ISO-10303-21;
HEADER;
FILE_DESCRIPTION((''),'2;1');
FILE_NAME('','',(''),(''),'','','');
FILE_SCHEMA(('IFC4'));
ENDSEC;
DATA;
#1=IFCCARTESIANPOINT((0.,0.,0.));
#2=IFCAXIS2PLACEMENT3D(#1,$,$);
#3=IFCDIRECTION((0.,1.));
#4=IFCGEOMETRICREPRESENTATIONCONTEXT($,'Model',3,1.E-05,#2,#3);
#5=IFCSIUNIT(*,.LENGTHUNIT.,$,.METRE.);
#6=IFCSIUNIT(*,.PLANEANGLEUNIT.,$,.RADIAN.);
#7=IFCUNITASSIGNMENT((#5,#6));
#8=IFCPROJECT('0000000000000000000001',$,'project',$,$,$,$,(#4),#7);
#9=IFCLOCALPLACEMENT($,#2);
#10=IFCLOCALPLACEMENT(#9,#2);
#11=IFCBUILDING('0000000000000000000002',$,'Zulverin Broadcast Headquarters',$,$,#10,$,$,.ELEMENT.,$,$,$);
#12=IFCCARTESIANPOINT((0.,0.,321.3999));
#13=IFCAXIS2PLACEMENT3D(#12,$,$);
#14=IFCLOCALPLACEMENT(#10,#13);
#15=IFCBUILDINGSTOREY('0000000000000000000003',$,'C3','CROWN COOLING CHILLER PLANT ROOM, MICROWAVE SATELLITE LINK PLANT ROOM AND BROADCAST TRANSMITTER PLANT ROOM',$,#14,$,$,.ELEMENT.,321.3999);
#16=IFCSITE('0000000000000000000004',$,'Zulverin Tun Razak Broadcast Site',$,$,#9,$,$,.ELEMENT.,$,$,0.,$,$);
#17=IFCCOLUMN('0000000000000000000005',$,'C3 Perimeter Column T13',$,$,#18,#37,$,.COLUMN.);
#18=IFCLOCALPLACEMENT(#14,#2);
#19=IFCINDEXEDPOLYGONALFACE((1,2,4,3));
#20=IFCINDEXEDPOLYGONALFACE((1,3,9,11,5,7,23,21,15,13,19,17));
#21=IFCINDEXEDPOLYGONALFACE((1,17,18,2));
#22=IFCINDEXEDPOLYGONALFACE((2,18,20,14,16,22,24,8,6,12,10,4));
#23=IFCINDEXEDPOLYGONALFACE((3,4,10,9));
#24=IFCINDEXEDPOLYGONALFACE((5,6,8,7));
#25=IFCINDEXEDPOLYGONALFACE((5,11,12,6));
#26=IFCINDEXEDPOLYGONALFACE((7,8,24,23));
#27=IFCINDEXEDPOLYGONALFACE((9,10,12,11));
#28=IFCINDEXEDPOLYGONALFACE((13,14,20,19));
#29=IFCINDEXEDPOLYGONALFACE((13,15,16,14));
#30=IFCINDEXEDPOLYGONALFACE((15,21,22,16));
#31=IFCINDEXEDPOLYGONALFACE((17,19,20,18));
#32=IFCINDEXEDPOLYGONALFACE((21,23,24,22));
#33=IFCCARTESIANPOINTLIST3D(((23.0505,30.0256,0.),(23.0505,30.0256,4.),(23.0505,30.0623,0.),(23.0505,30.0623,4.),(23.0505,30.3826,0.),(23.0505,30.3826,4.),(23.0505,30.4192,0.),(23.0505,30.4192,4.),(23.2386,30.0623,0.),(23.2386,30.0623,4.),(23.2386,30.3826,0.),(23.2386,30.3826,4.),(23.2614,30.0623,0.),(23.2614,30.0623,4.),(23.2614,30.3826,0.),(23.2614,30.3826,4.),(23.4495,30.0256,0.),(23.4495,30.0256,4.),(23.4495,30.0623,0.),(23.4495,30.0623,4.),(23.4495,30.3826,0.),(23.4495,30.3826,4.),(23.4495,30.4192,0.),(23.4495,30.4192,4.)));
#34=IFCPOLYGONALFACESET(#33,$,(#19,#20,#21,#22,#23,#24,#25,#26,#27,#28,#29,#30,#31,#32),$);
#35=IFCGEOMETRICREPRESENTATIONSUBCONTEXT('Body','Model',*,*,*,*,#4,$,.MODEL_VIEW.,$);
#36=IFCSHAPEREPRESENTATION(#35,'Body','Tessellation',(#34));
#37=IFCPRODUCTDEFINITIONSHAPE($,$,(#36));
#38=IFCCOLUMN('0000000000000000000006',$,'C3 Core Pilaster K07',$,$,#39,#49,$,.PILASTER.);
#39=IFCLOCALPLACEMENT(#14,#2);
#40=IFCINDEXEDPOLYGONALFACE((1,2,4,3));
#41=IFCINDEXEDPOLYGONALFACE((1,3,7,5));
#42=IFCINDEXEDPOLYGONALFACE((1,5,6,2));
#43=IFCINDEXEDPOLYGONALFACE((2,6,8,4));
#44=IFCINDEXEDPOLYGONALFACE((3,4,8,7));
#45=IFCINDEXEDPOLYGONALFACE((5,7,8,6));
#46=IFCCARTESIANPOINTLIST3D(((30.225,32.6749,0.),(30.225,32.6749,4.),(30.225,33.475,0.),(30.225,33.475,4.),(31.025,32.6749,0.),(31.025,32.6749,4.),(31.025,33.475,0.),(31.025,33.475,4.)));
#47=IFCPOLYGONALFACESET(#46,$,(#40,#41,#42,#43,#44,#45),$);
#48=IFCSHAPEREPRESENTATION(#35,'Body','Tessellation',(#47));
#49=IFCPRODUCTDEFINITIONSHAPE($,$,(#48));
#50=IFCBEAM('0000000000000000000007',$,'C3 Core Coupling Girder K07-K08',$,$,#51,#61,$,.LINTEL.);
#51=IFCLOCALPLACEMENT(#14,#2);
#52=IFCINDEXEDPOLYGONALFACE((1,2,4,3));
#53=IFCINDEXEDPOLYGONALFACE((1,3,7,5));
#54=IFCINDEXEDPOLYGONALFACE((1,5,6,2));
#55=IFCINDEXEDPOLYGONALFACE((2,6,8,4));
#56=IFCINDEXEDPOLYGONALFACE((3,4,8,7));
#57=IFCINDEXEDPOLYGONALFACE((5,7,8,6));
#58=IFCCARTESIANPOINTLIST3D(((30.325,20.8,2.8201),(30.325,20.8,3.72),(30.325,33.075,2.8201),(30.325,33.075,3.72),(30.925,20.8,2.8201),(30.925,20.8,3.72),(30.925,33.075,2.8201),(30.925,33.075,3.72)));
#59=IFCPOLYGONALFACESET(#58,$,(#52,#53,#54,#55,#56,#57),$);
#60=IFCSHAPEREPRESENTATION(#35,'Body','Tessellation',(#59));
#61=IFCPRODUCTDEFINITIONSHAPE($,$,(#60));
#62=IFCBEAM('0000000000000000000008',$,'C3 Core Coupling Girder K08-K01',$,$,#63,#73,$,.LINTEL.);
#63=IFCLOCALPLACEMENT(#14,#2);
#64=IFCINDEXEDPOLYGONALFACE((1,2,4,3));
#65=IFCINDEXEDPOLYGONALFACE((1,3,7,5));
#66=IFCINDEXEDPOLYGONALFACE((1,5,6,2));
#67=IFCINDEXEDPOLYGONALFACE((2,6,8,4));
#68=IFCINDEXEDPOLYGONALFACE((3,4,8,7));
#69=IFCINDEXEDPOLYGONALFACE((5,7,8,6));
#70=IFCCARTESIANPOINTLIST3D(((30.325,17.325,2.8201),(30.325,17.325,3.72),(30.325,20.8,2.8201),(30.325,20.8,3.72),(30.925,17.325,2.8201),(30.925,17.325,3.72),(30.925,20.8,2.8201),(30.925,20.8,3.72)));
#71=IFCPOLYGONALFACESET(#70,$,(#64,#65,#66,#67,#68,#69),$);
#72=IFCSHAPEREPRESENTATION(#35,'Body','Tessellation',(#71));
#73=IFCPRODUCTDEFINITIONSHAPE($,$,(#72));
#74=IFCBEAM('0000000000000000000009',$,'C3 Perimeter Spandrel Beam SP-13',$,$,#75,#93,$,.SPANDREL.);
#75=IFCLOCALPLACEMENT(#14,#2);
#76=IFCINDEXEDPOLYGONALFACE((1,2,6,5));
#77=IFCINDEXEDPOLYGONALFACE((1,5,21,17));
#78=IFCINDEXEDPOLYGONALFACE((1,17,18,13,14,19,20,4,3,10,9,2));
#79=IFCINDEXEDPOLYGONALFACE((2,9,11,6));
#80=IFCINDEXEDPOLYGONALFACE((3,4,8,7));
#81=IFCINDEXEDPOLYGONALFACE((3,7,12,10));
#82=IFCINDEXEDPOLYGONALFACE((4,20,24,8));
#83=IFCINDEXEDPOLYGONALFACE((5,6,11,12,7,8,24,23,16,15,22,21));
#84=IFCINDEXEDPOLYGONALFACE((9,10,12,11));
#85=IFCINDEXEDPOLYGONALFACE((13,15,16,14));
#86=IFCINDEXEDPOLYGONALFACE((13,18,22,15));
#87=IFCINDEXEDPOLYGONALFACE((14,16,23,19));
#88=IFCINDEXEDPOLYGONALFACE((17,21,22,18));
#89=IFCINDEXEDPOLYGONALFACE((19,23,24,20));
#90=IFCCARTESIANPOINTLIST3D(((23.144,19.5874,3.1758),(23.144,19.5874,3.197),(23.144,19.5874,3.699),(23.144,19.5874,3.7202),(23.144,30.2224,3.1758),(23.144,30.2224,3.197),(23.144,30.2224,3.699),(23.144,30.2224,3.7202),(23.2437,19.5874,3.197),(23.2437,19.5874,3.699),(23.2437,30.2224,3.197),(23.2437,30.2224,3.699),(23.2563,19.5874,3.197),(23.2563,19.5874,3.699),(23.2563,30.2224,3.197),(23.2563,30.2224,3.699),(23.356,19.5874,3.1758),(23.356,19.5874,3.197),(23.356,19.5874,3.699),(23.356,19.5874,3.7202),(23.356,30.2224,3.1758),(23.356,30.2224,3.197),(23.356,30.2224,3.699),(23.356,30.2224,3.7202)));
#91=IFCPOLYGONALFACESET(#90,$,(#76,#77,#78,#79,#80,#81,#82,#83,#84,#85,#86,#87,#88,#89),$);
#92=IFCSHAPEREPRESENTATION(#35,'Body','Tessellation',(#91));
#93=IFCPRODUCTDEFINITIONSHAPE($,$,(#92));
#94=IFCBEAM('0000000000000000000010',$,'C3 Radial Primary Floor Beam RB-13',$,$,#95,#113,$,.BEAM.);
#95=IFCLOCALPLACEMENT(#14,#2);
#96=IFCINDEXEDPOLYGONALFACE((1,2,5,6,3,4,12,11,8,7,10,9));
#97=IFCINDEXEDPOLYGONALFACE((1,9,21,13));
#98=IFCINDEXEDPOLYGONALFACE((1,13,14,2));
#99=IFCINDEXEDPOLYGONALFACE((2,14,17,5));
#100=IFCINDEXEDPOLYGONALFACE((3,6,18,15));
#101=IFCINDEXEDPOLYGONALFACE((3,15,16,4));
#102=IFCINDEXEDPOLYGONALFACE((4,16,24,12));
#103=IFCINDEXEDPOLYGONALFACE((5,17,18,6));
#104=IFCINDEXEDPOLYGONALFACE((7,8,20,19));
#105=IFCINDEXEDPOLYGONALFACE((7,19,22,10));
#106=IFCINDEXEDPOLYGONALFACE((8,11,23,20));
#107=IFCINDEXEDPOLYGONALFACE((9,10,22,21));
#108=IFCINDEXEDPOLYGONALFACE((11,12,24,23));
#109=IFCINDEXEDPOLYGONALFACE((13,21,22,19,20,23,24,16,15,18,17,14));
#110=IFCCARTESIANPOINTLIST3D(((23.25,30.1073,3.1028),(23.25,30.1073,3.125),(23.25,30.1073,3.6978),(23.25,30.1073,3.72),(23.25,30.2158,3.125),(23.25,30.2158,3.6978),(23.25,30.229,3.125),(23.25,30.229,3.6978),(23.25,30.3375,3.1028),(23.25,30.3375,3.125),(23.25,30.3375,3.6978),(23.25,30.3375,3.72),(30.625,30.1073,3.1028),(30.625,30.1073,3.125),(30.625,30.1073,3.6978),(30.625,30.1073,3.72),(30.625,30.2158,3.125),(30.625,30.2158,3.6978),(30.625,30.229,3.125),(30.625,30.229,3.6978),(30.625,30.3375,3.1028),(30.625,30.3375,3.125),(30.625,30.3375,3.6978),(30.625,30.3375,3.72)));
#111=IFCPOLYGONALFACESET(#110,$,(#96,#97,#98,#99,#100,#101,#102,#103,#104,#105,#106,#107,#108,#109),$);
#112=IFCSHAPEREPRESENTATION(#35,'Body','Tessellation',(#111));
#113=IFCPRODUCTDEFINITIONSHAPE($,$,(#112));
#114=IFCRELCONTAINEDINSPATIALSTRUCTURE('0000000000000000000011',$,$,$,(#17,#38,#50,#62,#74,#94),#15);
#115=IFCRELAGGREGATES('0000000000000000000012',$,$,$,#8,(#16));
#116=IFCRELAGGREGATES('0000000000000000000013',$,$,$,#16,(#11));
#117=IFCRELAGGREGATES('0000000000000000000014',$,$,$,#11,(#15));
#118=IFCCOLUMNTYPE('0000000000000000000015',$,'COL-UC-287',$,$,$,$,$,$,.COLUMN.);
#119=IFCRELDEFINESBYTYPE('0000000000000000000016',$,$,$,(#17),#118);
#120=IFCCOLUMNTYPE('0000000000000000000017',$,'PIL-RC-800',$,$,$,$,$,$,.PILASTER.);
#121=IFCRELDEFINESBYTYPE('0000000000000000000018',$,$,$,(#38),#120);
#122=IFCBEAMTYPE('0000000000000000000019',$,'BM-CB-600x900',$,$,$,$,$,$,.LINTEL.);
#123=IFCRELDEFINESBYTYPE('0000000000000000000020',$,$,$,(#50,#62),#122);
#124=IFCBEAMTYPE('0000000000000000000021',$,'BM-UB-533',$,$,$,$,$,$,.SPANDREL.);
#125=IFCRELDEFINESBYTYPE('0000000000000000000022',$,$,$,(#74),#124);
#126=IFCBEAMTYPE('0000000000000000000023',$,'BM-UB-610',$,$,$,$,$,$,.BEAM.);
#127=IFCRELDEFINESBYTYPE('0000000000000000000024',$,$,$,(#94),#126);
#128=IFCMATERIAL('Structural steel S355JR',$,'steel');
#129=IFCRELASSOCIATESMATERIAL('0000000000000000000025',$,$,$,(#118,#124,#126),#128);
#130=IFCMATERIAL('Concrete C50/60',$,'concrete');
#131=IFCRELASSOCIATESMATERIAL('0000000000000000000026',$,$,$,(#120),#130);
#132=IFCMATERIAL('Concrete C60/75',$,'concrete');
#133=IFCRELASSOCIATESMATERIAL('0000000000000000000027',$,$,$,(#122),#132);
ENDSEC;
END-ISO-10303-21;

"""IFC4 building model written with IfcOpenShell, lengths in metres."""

from ifc_helpers import new_model, si_unit, direction, frame, origin, origin_2d, place, context, subcontext, project, spatial, rectangle, i_section, extrude, material, material_profile, profile_set, type_object, element, save


model = new_model("IFC4")

# Units and contexts
model_context = context("Model", 3, precision=1e-05, world=origin(), true_north=direction((0.0, 1.0)))
body_context = subcontext(model_context, "Body", "Model", "MODEL_VIEW")
ifc_project = project(units=[si_unit("LENGTHUNIT", "METRE"), si_unit("PLANEANGLEUNIT", "RADIAN")], contexts=[model_context])

# Site, building, storey
site_placement = place(None, origin())
site = spatial("IfcSite", under=ifc_project, at=site_placement, Name="Zulverin Tun Razak Broadcast Site", CompositionType="ELEMENT", RefElevation=0.0)
building_placement = place(site_placement, origin())
building = spatial("IfcBuilding", under=site, at=building_placement, Name="Zulverin Broadcast Headquarters", CompositionType="ELEMENT")
storey_placement = place(building_placement, frame((0.0, 0.0, 321.3999)))
storey = spatial("IfcBuildingStorey", under=building, at=storey_placement, Name="C3", Description="CROWN COOLING CHILLER PLANT ROOM, MICROWAVE SATELLITE LINK PLANT ROOM AND BROADCAST TRANSMITTER PLANT ROOM", CompositionType="ELEMENT", Elevation=321.3999)

# Columns
ifc_material_1 = material(Name="Structural steel S355JR", Category="steel")
ifc_material_profile_1 = material_profile(ifc_material_1, i_section(OverallWidth=0.3989, OverallDepth=0.3936, WebThickness=0.0227, FlangeThickness=0.0366, at=origin_2d()), Name="Structural steel S355JR", Category="steel")
ifc_profile_set_1 = profile_set([ifc_material_profile_1], Name="Structural steel S355JR")
column_type_1 = type_object("IfcColumnType", Name="COL-UC-287", PredefinedType="COLUMN", material=ifc_profile_set_1)
column_1_placement = place(storey_placement, frame((23.25, 30.2224, 0.0), z_axis=(0.0, 0.0, 1.0), x_axis=(1.0, 0.0, 0.0)))
element("IfcColumn", 1, at=column_1_placement, inside=storey, type_object=column_type_1, Name="C3 Perimeter Column T13", PredefinedType="COLUMN", context=body_context, shape_type="SweptSolid", body=[
    extrude(i_section(OverallWidth=0.3989, OverallDepth=0.3936, WebThickness=0.0227, FlangeThickness=0.0366, at=origin_2d()), origin(), (0.0, 0.0, 1.0), 4.0),
])
ifc_material_2 = material(Name="Concrete C50/60", Category="concrete")
ifc_material_profile_2 = material_profile(ifc_material_2, rectangle(XDim=0.8, YDim=0.8, at=origin_2d()), Name="Concrete C50/60", Category="concrete")
ifc_profile_set_2 = profile_set([ifc_material_profile_2], Name="Concrete C50/60")
column_type_2 = type_object("IfcColumnType", Name="PIL-RC-800", PredefinedType="PILASTER", material=ifc_profile_set_2)
column_2_placement = place(storey_placement, frame((30.625, 33.075, 0.0), z_axis=(0.0, 0.0, 1.0), x_axis=(1.0, 0.0, 0.0)))
element("IfcColumn", 2, at=column_2_placement, inside=storey, type_object=column_type_2, Name="C3 Core Pilaster K07", PredefinedType="PILASTER", context=body_context, shape_type="SweptSolid", body=[
    extrude(rectangle(XDim=0.8, YDim=0.8, at=origin_2d()), origin(), (0.0, 0.0, 1.0), 4.0),
])

# Beams
ifc_material_3 = material(Name="Concrete C60/75", Category="concrete")
ifc_material_profile_3 = material_profile(ifc_material_3, rectangle(XDim=0.6001, YDim=0.8999, at=origin_2d()), Name="Concrete C60/75", Category="concrete")
ifc_profile_set_3 = profile_set([ifc_material_profile_3], Name="Concrete C60/75")
beam_type_1 = type_object("IfcBeamType", Name="BM-CB-600x900", PredefinedType="LINTEL", material=ifc_profile_set_3)
beam_1_placement = place(storey_placement, frame((30.625, 33.075, 3.27), z_axis=(0.0, -1.0, 0.0), x_axis=(1.0, 0.0, 0.0)))
element("IfcBeam", 3, at=beam_1_placement, inside=storey, type_object=beam_type_1, Name="C3 Core Coupling Girder K07-K08", PredefinedType="LINTEL", context=body_context, shape_type="SweptSolid", body=[
    extrude(rectangle(XDim=0.6001, YDim=0.8999, at=origin_2d()), origin(), (0.0, 0.0, 1.0), 12.2749),
])
beam_2_placement = place(storey_placement, frame((30.625, 20.8, 3.27), z_axis=(0.0, -1.0, 0.0), x_axis=(1.0, 0.0, 0.0)))
element("IfcBeam", 4, at=beam_2_placement, inside=storey, type_object=beam_type_1, Name="C3 Core Coupling Girder K08-K01", PredefinedType="LINTEL", context=body_context, shape_type="SweptSolid", body=[
    extrude(rectangle(XDim=0.6001, YDim=0.8999, at=origin_2d()), origin(), (0.0, 0.0, 1.0), 3.4751),
])
ifc_material_profile_4 = material_profile(ifc_material_1, i_section(OverallWidth=0.2119, OverallDepth=0.5444, WebThickness=0.0127, FlangeThickness=0.0212, at=origin_2d()), Name="Structural steel S355JR", Category="steel")
ifc_profile_set_4 = profile_set([ifc_material_profile_4], Name="Structural steel S355JR")
beam_type_2 = type_object("IfcBeamType", Name="BM-UB-533", PredefinedType="SPANDREL", material=ifc_profile_set_4)
beam_3_placement = place(storey_placement, frame((23.25, 30.2224, 3.448), z_axis=(0.0, -1.0, 0.0), x_axis=(1.0, 0.0, 0.0)))
element("IfcBeam", 5, at=beam_3_placement, inside=storey, type_object=beam_type_2, Name="C3 Perimeter Spandrel Beam SP-13", PredefinedType="SPANDREL", context=body_context, shape_type="SweptSolid", body=[
    extrude(i_section(OverallWidth=0.2119, OverallDepth=0.5444, WebThickness=0.0127, FlangeThickness=0.0212, at=origin_2d()), origin(), (0.0, 0.0, 1.0), 10.635),
])
ifc_material_profile_5 = material_profile(ifc_material_1, i_section(OverallWidth=0.2302, OverallDepth=0.6172, WebThickness=0.0132, FlangeThickness=0.0222, at=origin_2d()), Name="Structural steel S355JR", Category="steel")
ifc_profile_set_5 = profile_set([ifc_material_profile_5], Name="Structural steel S355JR")
beam_type_3 = type_object("IfcBeamType", Name="BM-UB-610", PredefinedType="BEAM", material=ifc_profile_set_5)
beam_4_placement = place(storey_placement, frame((30.625, 30.2224, 3.4114), z_axis=(-1.0, 0.0, 0.0), x_axis=(0.0, -1.0, 0.0)))
element("IfcBeam", 6, at=beam_4_placement, inside=storey, type_object=beam_type_3, Name="C3 Radial Primary Floor Beam RB-13", PredefinedType="BEAM", context=body_context, shape_type="SweptSolid", body=[
    extrude(i_section(OverallWidth=0.2302, OverallDepth=0.6172, WebThickness=0.0132, FlangeThickness=0.0222, at=origin_2d()), origin(), (0.0, 0.0, 1.0), 7.375),
])

save(model, "model.ifc")
